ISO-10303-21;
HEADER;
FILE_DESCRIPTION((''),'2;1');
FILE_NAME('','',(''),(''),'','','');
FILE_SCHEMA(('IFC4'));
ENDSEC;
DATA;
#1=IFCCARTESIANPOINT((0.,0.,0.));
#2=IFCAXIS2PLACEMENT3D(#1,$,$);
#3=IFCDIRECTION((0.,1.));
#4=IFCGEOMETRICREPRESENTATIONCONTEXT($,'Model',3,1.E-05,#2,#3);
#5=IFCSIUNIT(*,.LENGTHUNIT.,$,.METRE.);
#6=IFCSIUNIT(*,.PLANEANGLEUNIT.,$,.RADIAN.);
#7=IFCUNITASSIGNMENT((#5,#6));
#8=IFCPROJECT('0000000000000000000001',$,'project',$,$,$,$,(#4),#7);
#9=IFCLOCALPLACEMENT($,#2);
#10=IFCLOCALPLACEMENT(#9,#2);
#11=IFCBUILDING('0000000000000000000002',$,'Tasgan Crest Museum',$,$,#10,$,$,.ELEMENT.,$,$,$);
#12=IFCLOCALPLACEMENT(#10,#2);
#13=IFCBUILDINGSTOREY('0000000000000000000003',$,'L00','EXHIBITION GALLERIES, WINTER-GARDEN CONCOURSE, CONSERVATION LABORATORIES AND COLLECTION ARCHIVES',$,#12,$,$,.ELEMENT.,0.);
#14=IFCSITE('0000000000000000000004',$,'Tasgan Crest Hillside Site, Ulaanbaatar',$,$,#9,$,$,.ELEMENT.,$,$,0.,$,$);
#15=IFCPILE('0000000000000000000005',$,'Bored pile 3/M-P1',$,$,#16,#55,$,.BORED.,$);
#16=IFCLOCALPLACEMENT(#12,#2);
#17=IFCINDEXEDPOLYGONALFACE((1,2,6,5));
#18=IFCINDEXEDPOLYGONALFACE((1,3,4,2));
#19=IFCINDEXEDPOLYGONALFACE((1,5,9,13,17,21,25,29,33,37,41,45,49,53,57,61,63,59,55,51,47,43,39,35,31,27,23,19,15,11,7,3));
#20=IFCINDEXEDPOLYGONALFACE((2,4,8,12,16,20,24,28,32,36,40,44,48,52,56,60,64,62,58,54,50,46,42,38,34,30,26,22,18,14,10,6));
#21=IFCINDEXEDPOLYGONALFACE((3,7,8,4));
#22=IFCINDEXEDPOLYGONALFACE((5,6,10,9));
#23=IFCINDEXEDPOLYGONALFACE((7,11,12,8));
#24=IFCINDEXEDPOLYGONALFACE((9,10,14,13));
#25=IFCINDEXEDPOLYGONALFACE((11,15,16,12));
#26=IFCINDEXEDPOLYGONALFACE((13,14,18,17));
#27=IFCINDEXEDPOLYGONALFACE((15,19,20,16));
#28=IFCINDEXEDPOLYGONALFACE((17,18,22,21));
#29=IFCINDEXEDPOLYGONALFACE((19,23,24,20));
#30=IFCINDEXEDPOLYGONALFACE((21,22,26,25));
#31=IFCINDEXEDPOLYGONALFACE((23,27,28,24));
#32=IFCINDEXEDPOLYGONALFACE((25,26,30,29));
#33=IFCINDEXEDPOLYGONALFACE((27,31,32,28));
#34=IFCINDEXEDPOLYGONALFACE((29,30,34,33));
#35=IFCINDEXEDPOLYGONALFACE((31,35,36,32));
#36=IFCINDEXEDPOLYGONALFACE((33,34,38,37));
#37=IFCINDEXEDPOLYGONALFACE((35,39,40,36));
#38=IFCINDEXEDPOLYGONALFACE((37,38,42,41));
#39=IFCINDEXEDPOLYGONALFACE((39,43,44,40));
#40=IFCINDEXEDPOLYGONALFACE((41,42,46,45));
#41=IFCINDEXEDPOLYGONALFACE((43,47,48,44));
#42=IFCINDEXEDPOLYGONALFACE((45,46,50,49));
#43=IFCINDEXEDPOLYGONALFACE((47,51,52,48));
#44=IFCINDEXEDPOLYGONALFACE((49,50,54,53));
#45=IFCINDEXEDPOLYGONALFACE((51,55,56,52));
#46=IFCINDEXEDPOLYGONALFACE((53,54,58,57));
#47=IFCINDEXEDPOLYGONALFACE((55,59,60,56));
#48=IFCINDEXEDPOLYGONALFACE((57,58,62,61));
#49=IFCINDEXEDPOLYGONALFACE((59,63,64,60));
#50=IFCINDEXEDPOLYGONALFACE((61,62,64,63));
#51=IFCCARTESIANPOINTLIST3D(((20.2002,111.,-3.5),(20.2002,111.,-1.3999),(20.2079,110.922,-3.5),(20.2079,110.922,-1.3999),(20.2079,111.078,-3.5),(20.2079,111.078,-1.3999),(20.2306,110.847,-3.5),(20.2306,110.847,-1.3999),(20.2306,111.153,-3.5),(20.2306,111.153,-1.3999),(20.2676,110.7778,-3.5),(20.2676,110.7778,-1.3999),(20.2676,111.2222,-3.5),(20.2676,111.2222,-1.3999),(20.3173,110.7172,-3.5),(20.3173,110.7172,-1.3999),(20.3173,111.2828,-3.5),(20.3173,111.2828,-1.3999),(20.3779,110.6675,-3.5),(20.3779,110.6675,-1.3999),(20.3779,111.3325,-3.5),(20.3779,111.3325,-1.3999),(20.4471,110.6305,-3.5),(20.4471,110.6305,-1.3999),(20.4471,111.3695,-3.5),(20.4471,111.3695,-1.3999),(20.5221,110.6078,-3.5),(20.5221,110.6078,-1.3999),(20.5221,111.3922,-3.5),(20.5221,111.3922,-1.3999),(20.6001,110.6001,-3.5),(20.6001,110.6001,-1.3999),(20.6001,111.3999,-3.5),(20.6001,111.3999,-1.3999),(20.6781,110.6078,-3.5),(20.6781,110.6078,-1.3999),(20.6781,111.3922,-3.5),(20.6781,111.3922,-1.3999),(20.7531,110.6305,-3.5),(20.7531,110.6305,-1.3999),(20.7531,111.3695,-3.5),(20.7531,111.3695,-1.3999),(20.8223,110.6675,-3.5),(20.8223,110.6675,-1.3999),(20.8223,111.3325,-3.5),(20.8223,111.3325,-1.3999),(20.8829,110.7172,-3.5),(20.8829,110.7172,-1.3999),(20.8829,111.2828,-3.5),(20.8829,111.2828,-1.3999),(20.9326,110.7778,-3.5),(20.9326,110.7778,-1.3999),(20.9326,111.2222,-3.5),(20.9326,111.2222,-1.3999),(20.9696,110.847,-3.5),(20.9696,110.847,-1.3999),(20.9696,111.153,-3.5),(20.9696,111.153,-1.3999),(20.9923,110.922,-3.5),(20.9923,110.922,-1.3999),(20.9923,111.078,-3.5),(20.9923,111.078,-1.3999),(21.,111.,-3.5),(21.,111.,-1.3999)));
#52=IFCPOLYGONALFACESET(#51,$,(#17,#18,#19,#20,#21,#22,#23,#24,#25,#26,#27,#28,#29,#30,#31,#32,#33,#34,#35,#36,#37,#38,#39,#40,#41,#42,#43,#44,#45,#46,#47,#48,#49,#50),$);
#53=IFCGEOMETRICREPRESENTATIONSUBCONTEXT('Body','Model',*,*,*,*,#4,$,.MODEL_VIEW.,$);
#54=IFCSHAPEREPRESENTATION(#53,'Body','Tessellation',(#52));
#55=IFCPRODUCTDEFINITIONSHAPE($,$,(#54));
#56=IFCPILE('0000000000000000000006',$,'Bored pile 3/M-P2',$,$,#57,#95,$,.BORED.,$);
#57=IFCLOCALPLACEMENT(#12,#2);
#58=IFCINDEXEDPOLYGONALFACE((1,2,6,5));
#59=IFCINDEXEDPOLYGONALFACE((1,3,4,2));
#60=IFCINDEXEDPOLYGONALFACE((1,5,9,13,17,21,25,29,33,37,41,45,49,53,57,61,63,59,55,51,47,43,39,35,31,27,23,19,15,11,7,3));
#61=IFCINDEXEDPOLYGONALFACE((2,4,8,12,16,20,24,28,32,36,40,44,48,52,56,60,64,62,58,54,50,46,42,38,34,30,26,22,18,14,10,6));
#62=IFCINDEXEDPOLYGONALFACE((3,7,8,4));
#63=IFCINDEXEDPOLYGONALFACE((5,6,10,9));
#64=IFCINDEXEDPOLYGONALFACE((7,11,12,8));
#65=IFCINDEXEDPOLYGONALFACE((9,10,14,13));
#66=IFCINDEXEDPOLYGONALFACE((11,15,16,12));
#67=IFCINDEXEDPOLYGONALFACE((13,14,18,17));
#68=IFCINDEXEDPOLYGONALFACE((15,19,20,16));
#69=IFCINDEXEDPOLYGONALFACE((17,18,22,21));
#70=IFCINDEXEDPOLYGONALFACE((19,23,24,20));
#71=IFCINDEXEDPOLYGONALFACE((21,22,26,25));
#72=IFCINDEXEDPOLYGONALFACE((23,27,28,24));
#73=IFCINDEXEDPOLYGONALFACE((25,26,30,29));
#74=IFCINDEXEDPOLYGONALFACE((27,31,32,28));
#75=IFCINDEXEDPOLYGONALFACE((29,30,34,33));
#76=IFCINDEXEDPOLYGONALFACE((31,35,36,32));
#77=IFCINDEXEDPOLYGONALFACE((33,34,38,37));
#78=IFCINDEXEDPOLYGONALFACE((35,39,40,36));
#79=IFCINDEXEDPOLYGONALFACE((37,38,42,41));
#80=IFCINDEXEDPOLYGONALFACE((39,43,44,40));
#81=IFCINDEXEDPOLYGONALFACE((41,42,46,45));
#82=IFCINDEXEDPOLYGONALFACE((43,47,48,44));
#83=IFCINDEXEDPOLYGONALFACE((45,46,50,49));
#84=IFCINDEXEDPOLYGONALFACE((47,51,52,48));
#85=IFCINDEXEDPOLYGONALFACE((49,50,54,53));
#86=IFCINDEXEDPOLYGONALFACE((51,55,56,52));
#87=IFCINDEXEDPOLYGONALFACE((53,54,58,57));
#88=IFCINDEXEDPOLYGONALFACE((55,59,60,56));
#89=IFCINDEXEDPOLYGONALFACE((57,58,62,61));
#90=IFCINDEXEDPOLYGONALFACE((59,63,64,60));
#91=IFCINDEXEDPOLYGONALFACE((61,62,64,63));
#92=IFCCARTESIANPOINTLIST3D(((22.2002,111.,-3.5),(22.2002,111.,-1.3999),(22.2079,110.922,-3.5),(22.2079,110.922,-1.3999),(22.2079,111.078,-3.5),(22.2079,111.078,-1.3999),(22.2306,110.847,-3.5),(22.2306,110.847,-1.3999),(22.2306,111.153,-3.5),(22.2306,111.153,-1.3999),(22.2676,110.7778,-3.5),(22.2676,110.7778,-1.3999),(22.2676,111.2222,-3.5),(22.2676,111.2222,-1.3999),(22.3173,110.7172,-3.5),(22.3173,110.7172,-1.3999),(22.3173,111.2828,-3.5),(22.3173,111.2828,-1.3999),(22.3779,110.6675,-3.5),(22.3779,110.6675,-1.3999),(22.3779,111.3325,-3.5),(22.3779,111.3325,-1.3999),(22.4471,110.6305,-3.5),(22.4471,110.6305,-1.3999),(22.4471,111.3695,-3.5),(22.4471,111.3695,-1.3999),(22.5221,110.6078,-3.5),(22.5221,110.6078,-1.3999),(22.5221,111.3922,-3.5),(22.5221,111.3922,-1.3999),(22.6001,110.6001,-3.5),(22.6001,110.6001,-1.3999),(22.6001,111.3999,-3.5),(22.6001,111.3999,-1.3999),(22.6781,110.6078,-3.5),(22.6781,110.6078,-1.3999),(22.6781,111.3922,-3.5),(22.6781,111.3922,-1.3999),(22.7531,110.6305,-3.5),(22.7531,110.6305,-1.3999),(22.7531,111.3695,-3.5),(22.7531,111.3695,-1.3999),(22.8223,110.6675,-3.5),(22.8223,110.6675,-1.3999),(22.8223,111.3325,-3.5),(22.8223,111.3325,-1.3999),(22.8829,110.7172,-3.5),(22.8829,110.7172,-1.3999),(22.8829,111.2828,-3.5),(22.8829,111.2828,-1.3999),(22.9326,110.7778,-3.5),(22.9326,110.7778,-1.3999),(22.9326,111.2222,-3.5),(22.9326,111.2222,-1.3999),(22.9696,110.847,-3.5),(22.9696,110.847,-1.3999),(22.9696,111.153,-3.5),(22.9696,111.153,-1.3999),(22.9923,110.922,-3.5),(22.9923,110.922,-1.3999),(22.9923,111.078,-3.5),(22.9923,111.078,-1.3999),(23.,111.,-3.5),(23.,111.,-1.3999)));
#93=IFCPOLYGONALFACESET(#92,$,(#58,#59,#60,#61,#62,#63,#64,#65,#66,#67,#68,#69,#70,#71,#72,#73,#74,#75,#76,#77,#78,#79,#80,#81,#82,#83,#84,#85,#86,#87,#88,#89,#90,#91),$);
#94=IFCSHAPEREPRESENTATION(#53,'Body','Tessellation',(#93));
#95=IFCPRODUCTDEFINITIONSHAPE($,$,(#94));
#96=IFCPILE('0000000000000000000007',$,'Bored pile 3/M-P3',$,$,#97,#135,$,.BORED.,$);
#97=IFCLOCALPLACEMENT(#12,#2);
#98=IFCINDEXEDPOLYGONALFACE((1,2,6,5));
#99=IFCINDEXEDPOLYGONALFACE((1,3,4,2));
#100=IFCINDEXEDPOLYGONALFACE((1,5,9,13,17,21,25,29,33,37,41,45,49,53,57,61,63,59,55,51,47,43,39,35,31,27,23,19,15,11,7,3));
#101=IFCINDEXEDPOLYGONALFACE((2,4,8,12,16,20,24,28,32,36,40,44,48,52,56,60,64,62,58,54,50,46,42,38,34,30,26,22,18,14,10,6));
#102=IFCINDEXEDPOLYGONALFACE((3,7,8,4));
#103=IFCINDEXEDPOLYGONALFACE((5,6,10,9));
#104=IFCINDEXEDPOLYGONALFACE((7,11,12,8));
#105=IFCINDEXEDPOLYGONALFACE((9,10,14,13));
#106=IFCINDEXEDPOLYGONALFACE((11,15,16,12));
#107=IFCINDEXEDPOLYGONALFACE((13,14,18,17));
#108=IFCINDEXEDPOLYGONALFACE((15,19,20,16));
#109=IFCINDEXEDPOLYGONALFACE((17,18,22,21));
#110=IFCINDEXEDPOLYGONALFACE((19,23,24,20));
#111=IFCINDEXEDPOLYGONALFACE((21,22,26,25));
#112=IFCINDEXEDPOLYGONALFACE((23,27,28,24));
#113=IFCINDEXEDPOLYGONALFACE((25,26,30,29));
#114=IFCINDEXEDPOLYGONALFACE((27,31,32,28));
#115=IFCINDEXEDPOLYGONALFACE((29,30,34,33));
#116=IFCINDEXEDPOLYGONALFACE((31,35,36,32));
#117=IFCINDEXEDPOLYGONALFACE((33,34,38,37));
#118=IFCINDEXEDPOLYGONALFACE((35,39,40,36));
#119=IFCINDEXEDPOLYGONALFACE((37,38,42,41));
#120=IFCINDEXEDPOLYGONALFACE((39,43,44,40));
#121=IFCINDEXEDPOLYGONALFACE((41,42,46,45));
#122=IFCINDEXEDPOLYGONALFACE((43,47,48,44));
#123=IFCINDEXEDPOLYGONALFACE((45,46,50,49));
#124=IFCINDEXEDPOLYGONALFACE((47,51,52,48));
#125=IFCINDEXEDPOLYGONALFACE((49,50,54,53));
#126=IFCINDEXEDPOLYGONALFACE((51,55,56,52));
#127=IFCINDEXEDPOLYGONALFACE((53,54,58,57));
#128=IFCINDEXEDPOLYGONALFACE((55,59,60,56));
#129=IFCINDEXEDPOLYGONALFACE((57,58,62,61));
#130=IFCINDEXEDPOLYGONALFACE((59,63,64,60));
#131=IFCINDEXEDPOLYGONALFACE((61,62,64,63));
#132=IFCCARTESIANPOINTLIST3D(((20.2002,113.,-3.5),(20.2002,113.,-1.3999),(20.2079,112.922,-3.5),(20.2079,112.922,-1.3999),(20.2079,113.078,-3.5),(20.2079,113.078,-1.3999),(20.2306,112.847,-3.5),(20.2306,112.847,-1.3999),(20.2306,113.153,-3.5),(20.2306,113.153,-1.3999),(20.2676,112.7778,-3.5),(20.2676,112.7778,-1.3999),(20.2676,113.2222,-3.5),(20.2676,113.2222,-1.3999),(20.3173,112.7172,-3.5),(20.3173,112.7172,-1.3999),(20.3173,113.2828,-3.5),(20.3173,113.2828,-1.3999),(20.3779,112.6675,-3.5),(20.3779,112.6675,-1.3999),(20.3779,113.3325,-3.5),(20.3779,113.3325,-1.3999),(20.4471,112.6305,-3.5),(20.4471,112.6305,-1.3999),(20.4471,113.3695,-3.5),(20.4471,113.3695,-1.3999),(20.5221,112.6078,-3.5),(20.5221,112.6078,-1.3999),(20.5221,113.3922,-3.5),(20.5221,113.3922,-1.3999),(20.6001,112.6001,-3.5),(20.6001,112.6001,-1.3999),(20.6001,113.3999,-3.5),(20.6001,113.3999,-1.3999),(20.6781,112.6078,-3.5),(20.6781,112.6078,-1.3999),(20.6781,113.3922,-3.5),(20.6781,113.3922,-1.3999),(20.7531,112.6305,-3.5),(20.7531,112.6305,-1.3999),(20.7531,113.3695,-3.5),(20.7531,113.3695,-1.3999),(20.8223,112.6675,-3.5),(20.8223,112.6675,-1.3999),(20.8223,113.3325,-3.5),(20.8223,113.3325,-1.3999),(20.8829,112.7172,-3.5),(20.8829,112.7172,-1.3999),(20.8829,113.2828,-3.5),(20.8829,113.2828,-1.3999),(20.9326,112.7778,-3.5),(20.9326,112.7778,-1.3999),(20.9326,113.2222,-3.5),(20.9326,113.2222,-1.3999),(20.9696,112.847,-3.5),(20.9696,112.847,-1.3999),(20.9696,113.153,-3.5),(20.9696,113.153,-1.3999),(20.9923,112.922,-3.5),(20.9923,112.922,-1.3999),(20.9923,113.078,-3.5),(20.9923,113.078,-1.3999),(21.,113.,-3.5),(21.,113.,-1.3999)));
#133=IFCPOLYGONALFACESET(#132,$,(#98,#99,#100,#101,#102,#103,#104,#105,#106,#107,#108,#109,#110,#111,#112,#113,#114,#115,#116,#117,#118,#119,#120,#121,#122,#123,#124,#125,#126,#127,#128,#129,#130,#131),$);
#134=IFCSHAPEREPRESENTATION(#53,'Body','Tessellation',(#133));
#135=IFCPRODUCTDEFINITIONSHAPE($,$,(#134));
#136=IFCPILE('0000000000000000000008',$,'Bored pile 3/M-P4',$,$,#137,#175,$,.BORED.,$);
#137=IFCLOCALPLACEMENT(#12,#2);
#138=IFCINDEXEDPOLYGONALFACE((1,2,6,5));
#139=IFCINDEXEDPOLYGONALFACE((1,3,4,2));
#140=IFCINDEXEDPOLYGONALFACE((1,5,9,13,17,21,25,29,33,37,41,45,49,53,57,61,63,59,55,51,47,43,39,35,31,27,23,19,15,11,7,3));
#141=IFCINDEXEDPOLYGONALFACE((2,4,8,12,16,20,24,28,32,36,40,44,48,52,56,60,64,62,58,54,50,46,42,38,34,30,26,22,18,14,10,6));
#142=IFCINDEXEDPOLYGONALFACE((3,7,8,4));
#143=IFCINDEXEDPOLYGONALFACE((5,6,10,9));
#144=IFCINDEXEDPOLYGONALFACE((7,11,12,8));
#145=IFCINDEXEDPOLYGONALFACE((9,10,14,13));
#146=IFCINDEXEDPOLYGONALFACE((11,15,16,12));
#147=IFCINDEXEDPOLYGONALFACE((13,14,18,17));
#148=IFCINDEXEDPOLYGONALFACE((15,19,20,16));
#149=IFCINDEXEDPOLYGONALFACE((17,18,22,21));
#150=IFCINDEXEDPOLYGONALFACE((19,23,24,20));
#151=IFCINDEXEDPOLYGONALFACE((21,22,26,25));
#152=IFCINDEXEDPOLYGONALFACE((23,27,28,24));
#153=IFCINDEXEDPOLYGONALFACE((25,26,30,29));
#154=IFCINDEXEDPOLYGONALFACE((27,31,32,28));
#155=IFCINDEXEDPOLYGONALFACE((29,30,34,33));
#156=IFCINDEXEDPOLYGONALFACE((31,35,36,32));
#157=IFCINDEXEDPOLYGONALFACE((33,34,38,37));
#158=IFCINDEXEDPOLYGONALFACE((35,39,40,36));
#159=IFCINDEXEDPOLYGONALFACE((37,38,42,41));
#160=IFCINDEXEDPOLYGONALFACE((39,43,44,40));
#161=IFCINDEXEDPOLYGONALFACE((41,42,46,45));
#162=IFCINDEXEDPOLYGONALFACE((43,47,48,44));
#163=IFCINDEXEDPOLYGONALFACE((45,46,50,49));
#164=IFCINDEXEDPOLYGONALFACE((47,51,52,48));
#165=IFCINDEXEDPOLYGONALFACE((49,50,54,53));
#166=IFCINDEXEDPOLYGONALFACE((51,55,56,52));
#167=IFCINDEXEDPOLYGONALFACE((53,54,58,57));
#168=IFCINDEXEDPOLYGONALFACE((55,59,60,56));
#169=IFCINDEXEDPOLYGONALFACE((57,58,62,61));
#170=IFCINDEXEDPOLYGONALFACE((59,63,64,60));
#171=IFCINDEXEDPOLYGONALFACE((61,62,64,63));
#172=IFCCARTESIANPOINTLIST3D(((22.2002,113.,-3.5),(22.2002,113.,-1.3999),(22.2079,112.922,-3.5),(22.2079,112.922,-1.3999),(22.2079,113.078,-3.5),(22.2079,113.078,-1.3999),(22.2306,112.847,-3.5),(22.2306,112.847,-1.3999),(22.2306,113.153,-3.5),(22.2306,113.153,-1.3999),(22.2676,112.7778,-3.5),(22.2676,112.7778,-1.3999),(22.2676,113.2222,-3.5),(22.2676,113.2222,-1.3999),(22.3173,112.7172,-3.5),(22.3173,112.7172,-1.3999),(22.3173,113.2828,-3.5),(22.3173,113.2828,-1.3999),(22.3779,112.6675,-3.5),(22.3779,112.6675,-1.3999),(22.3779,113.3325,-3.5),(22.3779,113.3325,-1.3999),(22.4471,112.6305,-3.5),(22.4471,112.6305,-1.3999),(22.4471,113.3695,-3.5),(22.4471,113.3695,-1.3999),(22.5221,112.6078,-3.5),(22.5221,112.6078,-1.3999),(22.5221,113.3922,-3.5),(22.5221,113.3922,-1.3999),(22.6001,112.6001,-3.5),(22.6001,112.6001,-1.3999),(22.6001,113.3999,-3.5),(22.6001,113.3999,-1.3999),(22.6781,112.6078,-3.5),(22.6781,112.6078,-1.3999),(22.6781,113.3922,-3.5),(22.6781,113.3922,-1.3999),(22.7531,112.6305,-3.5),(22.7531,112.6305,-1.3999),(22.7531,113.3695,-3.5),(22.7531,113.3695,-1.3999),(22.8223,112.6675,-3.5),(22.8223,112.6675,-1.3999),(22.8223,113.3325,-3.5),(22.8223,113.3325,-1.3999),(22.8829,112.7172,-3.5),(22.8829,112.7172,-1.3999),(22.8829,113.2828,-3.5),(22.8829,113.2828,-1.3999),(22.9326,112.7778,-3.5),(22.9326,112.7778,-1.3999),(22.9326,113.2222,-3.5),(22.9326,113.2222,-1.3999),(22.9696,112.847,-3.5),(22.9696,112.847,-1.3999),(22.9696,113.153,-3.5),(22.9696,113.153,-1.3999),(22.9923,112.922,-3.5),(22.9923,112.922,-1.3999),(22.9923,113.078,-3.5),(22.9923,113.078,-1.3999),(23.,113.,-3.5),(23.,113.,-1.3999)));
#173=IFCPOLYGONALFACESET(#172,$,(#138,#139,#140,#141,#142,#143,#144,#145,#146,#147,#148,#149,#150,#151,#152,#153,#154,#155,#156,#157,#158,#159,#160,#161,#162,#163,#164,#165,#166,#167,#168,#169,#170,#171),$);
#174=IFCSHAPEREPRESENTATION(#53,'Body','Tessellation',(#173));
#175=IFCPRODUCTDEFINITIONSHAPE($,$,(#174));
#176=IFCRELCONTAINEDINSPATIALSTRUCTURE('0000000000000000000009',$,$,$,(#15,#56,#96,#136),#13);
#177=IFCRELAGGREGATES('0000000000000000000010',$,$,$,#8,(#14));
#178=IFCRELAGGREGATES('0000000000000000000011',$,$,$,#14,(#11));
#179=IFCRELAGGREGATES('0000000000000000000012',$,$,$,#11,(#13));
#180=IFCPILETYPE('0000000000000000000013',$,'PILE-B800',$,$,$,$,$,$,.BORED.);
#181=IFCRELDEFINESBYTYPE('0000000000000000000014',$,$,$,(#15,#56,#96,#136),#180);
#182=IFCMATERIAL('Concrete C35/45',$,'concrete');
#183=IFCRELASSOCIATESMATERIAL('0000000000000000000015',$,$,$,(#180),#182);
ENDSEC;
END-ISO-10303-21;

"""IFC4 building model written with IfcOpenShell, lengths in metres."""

from ifc_helpers import new_model, si_unit, direction, frame, origin, origin_2d, place, context, subcontext, project, spatial, circle, extrude, material, material_profile, profile_set, type_object, element, save


model = new_model("IFC4")

# Units and contexts
model_context = context("Model", 3, precision=1e-05, world=origin(), true_north=direction((0.0, 1.0)))
body_context = subcontext(model_context, "Body", "Model", "MODEL_VIEW")
ifc_project = project(units=[si_unit("LENGTHUNIT", "METRE"), si_unit("PLANEANGLEUNIT", "RADIAN")], contexts=[model_context])

# Site, building, storey
site_placement = place(None, origin())
site = spatial("IfcSite", under=ifc_project, at=site_placement, Name="Tasgan Crest Hillside Site, Ulaanbaatar", CompositionType="ELEMENT", RefElevation=0.0)
building_placement = place(site_placement, origin())
building = spatial("IfcBuilding", under=site, at=building_placement, Name="Tasgan Crest Museum", CompositionType="ELEMENT")
storey_placement = place(building_placement, origin())
storey = spatial("IfcBuildingStorey", under=building, at=storey_placement, Name="L00", Description="EXHIBITION GALLERIES, WINTER-GARDEN CONCOURSE, CONSERVATION LABORATORIES AND COLLECTION ARCHIVES", CompositionType="ELEMENT", Elevation=0.0)

# Piles
ifc_material_1 = material(Name="Concrete C35/45", Category="concrete")
ifc_material_profile_1 = material_profile(ifc_material_1, circle(Radius=0.3999, at=origin_2d()), Name="PILE D800")
ifc_profile_set_1 = profile_set([ifc_material_profile_1], Name="Concrete C35/45")
pile_type = type_object("IfcPileType", Name="PILE-B800", PredefinedType="BORED", material=ifc_profile_set_1)
for number, where, z_axis, x_axis, name in (
    (1, (20.6001, 111.0, -1.3999), (0.0, 0.0, -1.0), (1.0, 0.0, 0.0), "Bored pile 3/M-P1"),
    (2, (22.6001, 111.0, -1.3999), (0.0, 0.0, -1.0), (1.0, 0.0, 0.0), "Bored pile 3/M-P2"),
    (3, (20.6001, 113.0, -1.3999), (0.0, 0.0, -1.0), (1.0, 0.0, 0.0), "Bored pile 3/M-P3"),
    (4, (22.6001, 113.0, -1.3999), (0.0, 0.0, -1.0), (1.0, 0.0, 0.0), "Bored pile 3/M-P4"),
):
    element("IfcPile", number, at=place(storey_placement, frame(where, z_axis=z_axis, x_axis=x_axis)), inside=storey, type_object=pile_type, Name=name, PredefinedType="BORED", context=body_context, shape_type="SweptSolid", body=[
        extrude(circle(Radius=0.3999, at=origin_2d()), origin(), (0.0, 0.0, 1.0), 2.1001),
    ])

save(model, "model.ifc")
